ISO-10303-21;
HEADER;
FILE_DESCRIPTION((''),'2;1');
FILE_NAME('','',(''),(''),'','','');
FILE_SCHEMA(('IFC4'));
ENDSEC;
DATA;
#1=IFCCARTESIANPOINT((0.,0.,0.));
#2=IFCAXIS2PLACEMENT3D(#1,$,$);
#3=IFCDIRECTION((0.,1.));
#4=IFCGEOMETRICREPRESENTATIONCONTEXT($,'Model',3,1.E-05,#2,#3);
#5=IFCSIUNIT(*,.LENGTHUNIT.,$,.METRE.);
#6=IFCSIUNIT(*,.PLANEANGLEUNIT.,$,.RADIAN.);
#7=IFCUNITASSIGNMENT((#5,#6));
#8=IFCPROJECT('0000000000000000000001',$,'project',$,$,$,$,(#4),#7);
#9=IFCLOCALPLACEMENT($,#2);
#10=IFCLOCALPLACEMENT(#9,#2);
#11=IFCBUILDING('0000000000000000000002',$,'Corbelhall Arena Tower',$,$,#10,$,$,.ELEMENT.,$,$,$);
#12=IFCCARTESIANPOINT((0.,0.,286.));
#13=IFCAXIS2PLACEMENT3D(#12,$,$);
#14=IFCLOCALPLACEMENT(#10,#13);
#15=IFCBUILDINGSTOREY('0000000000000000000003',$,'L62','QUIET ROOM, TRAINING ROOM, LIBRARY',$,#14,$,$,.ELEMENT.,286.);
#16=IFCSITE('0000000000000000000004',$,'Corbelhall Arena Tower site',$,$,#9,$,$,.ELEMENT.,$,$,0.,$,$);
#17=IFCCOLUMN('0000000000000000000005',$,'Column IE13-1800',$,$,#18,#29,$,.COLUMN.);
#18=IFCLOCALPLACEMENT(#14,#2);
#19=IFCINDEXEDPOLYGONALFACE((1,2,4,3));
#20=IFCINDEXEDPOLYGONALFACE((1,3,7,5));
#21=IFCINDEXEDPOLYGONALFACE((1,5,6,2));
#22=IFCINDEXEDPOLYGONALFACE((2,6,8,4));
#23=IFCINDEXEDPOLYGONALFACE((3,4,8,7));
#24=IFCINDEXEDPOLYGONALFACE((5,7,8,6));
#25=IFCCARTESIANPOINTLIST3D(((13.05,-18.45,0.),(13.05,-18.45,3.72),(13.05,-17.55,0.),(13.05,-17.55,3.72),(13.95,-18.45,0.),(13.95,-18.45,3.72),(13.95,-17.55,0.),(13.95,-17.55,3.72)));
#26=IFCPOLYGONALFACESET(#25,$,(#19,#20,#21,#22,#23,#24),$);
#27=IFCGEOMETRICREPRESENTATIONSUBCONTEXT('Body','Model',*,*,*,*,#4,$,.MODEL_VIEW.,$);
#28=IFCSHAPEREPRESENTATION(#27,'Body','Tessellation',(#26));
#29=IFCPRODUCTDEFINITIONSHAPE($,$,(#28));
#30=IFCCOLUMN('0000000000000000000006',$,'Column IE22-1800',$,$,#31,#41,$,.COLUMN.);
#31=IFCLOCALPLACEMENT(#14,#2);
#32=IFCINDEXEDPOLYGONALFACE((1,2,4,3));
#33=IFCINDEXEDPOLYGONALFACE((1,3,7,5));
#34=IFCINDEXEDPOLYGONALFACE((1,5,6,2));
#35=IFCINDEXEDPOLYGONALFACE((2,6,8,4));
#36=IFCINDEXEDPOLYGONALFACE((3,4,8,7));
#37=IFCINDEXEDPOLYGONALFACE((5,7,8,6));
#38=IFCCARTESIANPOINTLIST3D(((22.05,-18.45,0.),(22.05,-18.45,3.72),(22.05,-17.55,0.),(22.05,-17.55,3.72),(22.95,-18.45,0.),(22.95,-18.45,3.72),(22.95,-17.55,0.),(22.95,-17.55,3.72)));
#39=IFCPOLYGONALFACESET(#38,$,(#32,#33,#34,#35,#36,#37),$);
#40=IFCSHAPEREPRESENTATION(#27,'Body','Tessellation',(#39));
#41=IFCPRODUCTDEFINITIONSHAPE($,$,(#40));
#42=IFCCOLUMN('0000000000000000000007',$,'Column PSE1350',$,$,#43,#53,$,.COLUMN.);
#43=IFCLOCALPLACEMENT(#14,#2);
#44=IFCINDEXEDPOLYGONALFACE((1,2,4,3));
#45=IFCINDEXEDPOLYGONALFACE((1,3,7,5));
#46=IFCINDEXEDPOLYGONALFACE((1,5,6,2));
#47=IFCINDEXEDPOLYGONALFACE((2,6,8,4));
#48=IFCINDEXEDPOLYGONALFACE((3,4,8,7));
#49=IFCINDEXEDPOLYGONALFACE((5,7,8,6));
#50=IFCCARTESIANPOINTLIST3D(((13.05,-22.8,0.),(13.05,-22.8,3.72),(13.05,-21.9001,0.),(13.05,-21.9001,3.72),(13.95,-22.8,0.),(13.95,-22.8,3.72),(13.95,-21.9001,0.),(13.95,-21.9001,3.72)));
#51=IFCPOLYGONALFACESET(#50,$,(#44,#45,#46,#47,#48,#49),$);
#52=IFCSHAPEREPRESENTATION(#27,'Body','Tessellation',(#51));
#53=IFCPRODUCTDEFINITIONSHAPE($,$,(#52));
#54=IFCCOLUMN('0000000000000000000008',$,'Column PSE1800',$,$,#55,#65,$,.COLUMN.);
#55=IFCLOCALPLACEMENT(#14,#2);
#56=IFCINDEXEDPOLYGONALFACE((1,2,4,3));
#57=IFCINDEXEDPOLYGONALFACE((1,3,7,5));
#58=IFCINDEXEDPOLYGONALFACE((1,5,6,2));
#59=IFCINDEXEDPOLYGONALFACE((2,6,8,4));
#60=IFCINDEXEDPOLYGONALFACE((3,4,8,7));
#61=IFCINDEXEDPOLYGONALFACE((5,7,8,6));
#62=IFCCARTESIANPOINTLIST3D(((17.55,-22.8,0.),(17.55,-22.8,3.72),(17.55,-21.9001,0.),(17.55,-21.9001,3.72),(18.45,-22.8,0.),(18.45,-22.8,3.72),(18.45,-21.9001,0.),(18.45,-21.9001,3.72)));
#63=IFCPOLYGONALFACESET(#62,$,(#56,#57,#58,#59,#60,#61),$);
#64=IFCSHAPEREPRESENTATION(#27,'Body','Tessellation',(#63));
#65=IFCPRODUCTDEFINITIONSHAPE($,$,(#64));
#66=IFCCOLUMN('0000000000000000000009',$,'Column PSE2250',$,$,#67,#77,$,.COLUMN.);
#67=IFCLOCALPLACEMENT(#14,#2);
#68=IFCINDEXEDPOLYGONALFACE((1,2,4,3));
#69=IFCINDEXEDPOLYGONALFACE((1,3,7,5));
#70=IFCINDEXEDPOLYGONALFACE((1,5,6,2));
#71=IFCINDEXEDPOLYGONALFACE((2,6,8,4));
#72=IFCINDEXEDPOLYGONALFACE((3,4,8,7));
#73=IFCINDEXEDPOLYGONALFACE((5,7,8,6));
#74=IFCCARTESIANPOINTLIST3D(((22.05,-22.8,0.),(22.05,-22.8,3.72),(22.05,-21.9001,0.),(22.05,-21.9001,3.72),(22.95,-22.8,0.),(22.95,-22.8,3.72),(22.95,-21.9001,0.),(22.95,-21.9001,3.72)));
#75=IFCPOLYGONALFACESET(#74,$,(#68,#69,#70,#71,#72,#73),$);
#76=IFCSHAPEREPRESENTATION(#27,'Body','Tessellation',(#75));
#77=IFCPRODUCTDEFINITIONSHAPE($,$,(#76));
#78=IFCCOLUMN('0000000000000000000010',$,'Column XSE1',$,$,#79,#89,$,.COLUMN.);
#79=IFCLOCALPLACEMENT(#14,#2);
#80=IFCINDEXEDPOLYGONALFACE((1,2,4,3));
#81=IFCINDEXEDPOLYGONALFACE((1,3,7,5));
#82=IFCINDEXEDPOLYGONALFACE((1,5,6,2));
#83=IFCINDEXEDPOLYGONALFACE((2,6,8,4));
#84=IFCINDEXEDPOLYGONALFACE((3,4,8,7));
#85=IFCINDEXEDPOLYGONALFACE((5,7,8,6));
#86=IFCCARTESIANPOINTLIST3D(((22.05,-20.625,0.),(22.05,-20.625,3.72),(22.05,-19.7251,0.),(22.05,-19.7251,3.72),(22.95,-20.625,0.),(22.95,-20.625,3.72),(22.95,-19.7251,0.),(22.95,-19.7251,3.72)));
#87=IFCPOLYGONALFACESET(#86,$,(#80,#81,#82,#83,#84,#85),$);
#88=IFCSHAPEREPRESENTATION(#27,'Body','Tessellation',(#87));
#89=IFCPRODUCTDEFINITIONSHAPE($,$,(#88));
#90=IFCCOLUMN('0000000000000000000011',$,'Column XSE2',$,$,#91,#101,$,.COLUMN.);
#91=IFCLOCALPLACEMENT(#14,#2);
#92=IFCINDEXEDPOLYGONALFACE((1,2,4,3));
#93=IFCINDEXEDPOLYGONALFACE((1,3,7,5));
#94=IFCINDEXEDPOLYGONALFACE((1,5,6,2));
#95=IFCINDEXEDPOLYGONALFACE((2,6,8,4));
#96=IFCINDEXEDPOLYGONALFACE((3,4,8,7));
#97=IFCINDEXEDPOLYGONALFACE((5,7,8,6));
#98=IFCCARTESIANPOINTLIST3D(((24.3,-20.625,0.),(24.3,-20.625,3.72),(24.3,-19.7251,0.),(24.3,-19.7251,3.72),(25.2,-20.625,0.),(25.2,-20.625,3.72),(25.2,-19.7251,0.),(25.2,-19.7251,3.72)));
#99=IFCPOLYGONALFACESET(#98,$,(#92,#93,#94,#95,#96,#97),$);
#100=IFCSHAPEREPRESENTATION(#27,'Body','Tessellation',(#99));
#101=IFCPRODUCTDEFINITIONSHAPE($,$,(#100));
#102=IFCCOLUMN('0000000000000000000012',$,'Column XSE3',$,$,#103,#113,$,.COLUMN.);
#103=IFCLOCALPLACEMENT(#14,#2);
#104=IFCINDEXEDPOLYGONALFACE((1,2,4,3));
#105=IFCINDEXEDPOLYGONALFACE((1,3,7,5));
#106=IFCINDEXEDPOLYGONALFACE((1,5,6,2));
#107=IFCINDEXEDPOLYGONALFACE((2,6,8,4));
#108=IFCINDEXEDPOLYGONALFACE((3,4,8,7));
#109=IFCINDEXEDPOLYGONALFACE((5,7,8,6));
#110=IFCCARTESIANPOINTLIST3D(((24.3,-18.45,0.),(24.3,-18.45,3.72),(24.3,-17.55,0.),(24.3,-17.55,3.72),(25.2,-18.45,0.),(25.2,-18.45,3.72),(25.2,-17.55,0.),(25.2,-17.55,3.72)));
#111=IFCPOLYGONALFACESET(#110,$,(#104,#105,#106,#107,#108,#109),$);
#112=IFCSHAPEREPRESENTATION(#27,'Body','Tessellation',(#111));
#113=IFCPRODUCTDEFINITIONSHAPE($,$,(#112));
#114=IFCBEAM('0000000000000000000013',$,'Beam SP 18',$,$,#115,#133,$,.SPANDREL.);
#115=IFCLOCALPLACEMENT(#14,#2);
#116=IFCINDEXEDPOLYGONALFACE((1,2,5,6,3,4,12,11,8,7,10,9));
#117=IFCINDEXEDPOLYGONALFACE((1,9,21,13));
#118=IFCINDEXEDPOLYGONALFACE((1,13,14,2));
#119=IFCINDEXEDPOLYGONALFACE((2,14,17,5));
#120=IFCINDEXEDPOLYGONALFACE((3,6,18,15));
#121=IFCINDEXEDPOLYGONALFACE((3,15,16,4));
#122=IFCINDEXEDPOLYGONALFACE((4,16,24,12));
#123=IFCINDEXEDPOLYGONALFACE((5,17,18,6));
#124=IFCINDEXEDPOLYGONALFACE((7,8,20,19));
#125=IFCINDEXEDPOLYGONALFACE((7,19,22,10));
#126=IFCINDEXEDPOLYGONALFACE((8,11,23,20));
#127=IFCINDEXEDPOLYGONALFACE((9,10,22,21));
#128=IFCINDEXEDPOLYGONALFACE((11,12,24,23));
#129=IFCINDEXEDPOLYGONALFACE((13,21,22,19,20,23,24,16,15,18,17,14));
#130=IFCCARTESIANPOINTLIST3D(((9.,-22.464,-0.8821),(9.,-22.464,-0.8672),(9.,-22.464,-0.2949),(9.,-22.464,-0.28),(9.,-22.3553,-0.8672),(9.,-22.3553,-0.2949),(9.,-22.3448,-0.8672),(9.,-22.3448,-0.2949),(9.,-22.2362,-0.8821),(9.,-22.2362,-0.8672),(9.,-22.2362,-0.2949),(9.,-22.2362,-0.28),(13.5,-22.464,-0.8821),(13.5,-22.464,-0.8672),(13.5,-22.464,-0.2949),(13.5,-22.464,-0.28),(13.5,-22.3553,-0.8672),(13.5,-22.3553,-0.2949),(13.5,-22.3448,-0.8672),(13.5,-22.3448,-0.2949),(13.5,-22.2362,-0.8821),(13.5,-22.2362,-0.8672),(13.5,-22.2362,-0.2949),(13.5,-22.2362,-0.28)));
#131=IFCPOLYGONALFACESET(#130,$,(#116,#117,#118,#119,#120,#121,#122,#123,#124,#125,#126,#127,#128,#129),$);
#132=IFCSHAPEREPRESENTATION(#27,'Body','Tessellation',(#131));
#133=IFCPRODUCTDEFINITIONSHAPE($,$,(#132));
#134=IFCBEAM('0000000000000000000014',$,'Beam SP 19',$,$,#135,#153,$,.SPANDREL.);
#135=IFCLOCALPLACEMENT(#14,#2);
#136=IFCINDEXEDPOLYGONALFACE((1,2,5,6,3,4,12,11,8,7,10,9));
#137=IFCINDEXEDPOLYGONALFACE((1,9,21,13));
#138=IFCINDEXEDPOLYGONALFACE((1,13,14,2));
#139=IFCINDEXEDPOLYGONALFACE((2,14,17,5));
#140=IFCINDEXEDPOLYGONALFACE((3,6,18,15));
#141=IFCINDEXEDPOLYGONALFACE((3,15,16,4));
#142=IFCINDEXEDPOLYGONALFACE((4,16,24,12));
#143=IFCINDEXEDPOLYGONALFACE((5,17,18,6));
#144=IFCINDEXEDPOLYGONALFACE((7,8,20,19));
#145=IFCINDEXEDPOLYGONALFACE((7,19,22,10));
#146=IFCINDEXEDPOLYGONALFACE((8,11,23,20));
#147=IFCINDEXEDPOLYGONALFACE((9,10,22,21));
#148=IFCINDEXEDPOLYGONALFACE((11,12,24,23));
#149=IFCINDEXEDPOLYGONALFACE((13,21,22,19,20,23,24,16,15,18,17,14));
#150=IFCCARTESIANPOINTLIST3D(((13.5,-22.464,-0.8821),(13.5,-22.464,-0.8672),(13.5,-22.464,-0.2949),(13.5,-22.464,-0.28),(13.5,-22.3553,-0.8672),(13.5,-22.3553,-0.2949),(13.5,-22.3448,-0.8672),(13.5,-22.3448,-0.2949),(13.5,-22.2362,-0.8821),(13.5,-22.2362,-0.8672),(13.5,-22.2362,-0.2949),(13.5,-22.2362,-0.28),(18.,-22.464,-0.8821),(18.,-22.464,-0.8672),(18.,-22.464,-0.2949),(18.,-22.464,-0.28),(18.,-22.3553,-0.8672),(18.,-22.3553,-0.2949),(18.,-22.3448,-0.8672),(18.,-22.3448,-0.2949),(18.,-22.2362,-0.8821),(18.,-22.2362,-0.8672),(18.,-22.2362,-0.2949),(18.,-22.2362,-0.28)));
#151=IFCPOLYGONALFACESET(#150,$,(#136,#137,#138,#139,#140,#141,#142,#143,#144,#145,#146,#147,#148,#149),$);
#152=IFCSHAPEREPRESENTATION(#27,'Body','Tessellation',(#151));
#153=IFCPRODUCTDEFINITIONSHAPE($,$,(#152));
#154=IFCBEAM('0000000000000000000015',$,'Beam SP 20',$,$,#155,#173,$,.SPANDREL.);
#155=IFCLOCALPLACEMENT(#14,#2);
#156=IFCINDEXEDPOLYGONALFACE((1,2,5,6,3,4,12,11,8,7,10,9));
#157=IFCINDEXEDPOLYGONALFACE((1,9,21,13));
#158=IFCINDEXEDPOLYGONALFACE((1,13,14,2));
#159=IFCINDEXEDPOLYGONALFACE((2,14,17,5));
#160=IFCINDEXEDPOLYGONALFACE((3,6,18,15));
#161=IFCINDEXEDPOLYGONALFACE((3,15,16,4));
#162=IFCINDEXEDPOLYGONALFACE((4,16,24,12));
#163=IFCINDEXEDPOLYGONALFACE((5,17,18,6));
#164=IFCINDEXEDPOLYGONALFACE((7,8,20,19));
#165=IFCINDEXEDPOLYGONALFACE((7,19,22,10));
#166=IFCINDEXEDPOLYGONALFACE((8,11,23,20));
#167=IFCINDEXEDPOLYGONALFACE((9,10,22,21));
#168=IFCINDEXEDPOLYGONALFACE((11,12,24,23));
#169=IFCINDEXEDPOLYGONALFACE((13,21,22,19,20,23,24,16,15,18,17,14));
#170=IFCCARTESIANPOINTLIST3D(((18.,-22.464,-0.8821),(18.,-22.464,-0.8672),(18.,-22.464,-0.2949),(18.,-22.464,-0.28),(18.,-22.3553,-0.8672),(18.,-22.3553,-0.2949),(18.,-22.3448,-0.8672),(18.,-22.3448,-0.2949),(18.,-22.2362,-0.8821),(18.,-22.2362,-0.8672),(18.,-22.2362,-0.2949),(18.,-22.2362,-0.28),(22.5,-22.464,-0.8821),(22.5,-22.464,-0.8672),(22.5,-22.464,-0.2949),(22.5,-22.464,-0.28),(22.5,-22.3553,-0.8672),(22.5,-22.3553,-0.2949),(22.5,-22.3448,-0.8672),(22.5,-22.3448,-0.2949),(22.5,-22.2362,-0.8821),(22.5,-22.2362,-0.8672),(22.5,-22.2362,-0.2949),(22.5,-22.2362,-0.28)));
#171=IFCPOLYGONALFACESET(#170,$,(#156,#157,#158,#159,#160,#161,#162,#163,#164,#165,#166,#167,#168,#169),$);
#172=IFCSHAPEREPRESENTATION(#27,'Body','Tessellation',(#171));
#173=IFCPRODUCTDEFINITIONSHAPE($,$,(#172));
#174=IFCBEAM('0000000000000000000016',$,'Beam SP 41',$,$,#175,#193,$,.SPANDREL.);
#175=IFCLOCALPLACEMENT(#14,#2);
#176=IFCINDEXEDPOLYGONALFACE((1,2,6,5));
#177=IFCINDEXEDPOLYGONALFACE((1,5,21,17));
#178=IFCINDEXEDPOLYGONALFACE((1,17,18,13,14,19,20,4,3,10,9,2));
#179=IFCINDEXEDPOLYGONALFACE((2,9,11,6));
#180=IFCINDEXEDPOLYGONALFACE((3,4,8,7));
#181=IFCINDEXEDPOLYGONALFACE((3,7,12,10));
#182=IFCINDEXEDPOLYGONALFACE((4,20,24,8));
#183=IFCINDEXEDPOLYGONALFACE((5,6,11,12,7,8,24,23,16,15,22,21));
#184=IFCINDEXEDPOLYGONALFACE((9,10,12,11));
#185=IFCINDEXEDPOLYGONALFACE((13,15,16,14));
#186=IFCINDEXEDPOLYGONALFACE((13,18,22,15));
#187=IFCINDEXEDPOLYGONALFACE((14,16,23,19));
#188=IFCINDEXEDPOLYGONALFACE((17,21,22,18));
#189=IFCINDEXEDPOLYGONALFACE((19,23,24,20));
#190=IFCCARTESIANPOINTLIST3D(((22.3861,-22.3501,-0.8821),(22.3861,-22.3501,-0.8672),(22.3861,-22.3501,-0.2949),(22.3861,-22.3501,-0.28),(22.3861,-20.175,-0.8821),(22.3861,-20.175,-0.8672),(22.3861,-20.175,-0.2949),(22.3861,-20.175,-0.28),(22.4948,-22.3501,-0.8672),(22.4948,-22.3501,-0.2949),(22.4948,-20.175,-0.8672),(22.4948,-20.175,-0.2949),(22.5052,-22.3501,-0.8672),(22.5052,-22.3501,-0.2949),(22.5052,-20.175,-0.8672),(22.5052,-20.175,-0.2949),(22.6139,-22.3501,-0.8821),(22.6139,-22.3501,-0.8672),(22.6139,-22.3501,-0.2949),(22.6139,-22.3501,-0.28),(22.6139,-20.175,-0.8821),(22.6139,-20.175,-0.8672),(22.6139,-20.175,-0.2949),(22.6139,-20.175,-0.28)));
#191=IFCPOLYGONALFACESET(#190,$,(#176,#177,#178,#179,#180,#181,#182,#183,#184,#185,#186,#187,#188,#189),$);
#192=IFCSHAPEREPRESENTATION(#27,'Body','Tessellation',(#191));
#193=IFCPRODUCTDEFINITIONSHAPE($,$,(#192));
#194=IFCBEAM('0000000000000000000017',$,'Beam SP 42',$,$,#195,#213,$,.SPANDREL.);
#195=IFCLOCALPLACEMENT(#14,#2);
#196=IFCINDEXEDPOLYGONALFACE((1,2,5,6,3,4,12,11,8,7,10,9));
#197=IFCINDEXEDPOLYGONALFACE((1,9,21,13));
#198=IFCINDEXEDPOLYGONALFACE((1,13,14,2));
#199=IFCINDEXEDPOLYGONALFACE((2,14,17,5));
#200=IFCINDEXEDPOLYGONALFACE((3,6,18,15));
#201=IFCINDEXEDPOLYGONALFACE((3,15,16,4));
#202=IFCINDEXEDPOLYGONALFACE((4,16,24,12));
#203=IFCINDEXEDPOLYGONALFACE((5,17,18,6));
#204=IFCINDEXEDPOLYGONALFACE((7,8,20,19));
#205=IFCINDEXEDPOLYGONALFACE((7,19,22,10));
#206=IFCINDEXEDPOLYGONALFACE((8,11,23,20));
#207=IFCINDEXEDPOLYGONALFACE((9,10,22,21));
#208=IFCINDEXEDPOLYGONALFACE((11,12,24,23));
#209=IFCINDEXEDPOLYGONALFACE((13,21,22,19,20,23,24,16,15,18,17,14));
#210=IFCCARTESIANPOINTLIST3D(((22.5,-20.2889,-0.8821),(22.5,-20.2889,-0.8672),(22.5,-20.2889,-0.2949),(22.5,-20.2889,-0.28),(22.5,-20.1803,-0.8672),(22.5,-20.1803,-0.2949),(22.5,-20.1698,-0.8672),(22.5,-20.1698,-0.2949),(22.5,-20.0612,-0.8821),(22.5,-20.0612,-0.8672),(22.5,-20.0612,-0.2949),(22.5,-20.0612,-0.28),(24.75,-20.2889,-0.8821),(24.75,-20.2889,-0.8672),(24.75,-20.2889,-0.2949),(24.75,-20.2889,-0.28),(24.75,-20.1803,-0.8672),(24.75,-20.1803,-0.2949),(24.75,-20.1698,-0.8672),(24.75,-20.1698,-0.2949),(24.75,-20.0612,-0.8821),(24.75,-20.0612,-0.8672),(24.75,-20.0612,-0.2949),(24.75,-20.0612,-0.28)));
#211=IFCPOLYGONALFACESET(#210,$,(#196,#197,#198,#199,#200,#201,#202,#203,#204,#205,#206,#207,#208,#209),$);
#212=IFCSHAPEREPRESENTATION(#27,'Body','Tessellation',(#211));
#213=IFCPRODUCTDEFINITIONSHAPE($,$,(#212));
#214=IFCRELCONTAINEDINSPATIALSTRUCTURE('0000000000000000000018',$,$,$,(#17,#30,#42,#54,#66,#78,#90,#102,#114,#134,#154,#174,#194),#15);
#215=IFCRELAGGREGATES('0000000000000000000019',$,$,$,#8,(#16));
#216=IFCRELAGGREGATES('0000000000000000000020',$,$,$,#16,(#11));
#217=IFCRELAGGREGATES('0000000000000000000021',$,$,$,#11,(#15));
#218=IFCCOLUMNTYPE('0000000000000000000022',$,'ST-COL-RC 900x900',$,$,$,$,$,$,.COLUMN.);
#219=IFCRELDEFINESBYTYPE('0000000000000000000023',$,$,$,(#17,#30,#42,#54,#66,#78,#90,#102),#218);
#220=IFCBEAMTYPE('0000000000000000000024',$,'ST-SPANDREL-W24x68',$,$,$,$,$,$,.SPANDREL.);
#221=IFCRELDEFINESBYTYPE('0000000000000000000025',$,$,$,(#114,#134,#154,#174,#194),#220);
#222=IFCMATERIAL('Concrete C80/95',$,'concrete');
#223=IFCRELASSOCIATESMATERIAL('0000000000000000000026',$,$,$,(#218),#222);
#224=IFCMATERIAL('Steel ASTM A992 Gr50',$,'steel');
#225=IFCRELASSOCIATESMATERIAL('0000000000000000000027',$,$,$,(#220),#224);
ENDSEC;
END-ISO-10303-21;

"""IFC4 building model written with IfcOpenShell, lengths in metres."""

from ifc_helpers import new_model, si_unit, direction, frame, origin, origin_2d, place, context, subcontext, project, spatial, rectangle, i_section, extrude, material, material_profile, profile_set, type_object, element, save


model = new_model("IFC4")

# Units and contexts
model_context = context("Model", 3, precision=1e-05, world=origin(), true_north=direction((0.0, 1.0)))
body_context = subcontext(model_context, "Body", "Model", "MODEL_VIEW")
ifc_project = project(units=[si_unit("LENGTHUNIT", "METRE"), si_unit("PLANEANGLEUNIT", "RADIAN")], contexts=[model_context])

# Site, building, storey
site_placement = place(None, origin())
site = spatial("IfcSite", under=ifc_project, at=site_placement, Name="Corbelhall Arena Tower site", CompositionType="ELEMENT", RefElevation=0.0)
building_placement = place(site_placement, origin())
building = spatial("IfcBuilding", under=site, at=building_placement, Name="Corbelhall Arena Tower", CompositionType="ELEMENT")
storey_placement = place(building_placement, frame((0.0, 0.0, 286.0)))
storey = spatial("IfcBuildingStorey", under=building, at=storey_placement, Name="L62", Description="QUIET ROOM, TRAINING ROOM, LIBRARY", CompositionType="ELEMENT", Elevation=286.0)

# Columns
ifc_material_1 = material(Name="Concrete C80/95", Category="concrete")
ifc_material_profile_1 = material_profile(ifc_material_1, rectangle(XDim=0.8999, YDim=0.8999, at=origin_2d()))
ifc_profile_set_1 = profile_set([ifc_material_profile_1], Name="Concrete C80/95")
column_type = type_object("IfcColumnType", Name="ST-COL-RC 900x900", PredefinedType="COLUMN", material=ifc_profile_set_1)
for number, where, z_axis, x_axis, name in (
    (1, (13.5, -18.0, 0.0), (0.0, 0.0, 1.0), (1.0, 0.0, 0.0), "Column IE13-1800"),
    (2, (22.5, -18.0, 0.0), (0.0, 0.0, 1.0), (1.0, 0.0, 0.0), "Column IE22-1800"),
    (3, (13.5, -22.3501, 0.0), (0.0, 0.0, 1.0), (1.0, 0.0, 0.0), "Column PSE1350"),
    (4, (18.0, -22.3501, 0.0), (0.0, 0.0, 1.0), (1.0, 0.0, 0.0), "Column PSE1800"),
    (5, (22.5, -22.3501, 0.0), (0.0, 0.0, 1.0), (1.0, 0.0, 0.0), "Column PSE2250"),
    (6, (22.5, -20.175, 0.0), (0.0, 0.0, 1.0), (1.0, 0.0, 0.0), "Column XSE1"),
    (7, (24.75, -20.175, 0.0), (0.0, 0.0, 1.0), (1.0, 0.0, 0.0), "Column XSE2"),
    (8, (24.75, -18.0, 0.0), (0.0, 0.0, 1.0), (1.0, 0.0, 0.0), "Column XSE3"),
):
    element("IfcColumn", number, at=place(storey_placement, frame(where, z_axis=z_axis, x_axis=x_axis)), inside=storey, type_object=column_type, Name=name, PredefinedType="COLUMN", context=body_context, shape_type="SweptSolid", body=[
        extrude(rectangle(XDim=0.8999, YDim=0.8999, at=origin_2d()), origin(), (0.0, 0.0, 1.0), 3.72),
    ])

# Beams
ifc_material_2 = material(Name="Steel ASTM A992 Gr50", Category="steel")
ifc_material_profile_2 = material_profile(ifc_material_2, i_section(OverallWidth=0.2278, OverallDepth=0.6021, WebThickness=0.0105, FlangeThickness=0.0149, at=origin_2d()))
ifc_profile_set_2 = profile_set([ifc_material_profile_2], Name="Steel ASTM A992 Gr50")
beam_type = type_object("IfcBeamType", Name="ST-SPANDREL-W24x68", PredefinedType="SPANDREL", material=ifc_profile_set_2)
for number, where, z_axis, x_axis, name in (
    (9, (13.5, -22.3501, -0.5811), (-1.0, 0.0, 0.0), (0.0, -1.0, 0.0), "Beam SP 18"),
    (10, (18.0, -22.3501, -0.5811), (-1.0, 0.0, 0.0), (0.0, -1.0, 0.0), "Beam SP 19"),
    (11, (22.5, -22.3501, -0.5811), (-1.0, 0.0, 0.0), (0.0, -1.0, 0.0), "Beam SP 20"),
):
    element("IfcBeam", number, at=place(storey_placement, frame(where, z_axis=z_axis, x_axis=x_axis)), inside=storey, type_object=beam_type, Name=name, PredefinedType="SPANDREL", context=body_context, shape_type="SweptSolid", body=[
        extrude(i_section(OverallWidth=0.2278, OverallDepth=0.6021, WebThickness=0.0105, FlangeThickness=0.0149, at=origin_2d()), origin(), (0.0, 0.0, 1.0), 4.5),
    ])
beam_1_placement = place(storey_placement, frame((22.5, -20.175, -0.5811), z_axis=(0.0, -1.0, 0.0), x_axis=(1.0, 0.0, 0.0)))
element("IfcBeam", 12, at=beam_1_placement, inside=storey, type_object=beam_type, Name="Beam SP 41", PredefinedType="SPANDREL", context=body_context, shape_type="SweptSolid", body=[
    extrude(i_section(OverallWidth=0.2278, OverallDepth=0.6021, WebThickness=0.0105, FlangeThickness=0.0149, at=origin_2d()), origin(), (0.0, 0.0, 1.0), 2.175),
])
beam_2_placement = place(storey_placement, frame((24.75, -20.175, -0.5811), z_axis=(-1.0, 0.0, 0.0), x_axis=(0.0, -1.0, 0.0)))
element("IfcBeam", 13, at=beam_2_placement, inside=storey, type_object=beam_type, Name="Beam SP 42", PredefinedType="SPANDREL", context=body_context, shape_type="SweptSolid", body=[
    extrude(i_section(OverallWidth=0.2278, OverallDepth=0.6021, WebThickness=0.0105, FlangeThickness=0.0149, at=origin_2d()), origin(), (0.0, 0.0, 1.0), 2.25),
])

save(model, "model.ifc")
